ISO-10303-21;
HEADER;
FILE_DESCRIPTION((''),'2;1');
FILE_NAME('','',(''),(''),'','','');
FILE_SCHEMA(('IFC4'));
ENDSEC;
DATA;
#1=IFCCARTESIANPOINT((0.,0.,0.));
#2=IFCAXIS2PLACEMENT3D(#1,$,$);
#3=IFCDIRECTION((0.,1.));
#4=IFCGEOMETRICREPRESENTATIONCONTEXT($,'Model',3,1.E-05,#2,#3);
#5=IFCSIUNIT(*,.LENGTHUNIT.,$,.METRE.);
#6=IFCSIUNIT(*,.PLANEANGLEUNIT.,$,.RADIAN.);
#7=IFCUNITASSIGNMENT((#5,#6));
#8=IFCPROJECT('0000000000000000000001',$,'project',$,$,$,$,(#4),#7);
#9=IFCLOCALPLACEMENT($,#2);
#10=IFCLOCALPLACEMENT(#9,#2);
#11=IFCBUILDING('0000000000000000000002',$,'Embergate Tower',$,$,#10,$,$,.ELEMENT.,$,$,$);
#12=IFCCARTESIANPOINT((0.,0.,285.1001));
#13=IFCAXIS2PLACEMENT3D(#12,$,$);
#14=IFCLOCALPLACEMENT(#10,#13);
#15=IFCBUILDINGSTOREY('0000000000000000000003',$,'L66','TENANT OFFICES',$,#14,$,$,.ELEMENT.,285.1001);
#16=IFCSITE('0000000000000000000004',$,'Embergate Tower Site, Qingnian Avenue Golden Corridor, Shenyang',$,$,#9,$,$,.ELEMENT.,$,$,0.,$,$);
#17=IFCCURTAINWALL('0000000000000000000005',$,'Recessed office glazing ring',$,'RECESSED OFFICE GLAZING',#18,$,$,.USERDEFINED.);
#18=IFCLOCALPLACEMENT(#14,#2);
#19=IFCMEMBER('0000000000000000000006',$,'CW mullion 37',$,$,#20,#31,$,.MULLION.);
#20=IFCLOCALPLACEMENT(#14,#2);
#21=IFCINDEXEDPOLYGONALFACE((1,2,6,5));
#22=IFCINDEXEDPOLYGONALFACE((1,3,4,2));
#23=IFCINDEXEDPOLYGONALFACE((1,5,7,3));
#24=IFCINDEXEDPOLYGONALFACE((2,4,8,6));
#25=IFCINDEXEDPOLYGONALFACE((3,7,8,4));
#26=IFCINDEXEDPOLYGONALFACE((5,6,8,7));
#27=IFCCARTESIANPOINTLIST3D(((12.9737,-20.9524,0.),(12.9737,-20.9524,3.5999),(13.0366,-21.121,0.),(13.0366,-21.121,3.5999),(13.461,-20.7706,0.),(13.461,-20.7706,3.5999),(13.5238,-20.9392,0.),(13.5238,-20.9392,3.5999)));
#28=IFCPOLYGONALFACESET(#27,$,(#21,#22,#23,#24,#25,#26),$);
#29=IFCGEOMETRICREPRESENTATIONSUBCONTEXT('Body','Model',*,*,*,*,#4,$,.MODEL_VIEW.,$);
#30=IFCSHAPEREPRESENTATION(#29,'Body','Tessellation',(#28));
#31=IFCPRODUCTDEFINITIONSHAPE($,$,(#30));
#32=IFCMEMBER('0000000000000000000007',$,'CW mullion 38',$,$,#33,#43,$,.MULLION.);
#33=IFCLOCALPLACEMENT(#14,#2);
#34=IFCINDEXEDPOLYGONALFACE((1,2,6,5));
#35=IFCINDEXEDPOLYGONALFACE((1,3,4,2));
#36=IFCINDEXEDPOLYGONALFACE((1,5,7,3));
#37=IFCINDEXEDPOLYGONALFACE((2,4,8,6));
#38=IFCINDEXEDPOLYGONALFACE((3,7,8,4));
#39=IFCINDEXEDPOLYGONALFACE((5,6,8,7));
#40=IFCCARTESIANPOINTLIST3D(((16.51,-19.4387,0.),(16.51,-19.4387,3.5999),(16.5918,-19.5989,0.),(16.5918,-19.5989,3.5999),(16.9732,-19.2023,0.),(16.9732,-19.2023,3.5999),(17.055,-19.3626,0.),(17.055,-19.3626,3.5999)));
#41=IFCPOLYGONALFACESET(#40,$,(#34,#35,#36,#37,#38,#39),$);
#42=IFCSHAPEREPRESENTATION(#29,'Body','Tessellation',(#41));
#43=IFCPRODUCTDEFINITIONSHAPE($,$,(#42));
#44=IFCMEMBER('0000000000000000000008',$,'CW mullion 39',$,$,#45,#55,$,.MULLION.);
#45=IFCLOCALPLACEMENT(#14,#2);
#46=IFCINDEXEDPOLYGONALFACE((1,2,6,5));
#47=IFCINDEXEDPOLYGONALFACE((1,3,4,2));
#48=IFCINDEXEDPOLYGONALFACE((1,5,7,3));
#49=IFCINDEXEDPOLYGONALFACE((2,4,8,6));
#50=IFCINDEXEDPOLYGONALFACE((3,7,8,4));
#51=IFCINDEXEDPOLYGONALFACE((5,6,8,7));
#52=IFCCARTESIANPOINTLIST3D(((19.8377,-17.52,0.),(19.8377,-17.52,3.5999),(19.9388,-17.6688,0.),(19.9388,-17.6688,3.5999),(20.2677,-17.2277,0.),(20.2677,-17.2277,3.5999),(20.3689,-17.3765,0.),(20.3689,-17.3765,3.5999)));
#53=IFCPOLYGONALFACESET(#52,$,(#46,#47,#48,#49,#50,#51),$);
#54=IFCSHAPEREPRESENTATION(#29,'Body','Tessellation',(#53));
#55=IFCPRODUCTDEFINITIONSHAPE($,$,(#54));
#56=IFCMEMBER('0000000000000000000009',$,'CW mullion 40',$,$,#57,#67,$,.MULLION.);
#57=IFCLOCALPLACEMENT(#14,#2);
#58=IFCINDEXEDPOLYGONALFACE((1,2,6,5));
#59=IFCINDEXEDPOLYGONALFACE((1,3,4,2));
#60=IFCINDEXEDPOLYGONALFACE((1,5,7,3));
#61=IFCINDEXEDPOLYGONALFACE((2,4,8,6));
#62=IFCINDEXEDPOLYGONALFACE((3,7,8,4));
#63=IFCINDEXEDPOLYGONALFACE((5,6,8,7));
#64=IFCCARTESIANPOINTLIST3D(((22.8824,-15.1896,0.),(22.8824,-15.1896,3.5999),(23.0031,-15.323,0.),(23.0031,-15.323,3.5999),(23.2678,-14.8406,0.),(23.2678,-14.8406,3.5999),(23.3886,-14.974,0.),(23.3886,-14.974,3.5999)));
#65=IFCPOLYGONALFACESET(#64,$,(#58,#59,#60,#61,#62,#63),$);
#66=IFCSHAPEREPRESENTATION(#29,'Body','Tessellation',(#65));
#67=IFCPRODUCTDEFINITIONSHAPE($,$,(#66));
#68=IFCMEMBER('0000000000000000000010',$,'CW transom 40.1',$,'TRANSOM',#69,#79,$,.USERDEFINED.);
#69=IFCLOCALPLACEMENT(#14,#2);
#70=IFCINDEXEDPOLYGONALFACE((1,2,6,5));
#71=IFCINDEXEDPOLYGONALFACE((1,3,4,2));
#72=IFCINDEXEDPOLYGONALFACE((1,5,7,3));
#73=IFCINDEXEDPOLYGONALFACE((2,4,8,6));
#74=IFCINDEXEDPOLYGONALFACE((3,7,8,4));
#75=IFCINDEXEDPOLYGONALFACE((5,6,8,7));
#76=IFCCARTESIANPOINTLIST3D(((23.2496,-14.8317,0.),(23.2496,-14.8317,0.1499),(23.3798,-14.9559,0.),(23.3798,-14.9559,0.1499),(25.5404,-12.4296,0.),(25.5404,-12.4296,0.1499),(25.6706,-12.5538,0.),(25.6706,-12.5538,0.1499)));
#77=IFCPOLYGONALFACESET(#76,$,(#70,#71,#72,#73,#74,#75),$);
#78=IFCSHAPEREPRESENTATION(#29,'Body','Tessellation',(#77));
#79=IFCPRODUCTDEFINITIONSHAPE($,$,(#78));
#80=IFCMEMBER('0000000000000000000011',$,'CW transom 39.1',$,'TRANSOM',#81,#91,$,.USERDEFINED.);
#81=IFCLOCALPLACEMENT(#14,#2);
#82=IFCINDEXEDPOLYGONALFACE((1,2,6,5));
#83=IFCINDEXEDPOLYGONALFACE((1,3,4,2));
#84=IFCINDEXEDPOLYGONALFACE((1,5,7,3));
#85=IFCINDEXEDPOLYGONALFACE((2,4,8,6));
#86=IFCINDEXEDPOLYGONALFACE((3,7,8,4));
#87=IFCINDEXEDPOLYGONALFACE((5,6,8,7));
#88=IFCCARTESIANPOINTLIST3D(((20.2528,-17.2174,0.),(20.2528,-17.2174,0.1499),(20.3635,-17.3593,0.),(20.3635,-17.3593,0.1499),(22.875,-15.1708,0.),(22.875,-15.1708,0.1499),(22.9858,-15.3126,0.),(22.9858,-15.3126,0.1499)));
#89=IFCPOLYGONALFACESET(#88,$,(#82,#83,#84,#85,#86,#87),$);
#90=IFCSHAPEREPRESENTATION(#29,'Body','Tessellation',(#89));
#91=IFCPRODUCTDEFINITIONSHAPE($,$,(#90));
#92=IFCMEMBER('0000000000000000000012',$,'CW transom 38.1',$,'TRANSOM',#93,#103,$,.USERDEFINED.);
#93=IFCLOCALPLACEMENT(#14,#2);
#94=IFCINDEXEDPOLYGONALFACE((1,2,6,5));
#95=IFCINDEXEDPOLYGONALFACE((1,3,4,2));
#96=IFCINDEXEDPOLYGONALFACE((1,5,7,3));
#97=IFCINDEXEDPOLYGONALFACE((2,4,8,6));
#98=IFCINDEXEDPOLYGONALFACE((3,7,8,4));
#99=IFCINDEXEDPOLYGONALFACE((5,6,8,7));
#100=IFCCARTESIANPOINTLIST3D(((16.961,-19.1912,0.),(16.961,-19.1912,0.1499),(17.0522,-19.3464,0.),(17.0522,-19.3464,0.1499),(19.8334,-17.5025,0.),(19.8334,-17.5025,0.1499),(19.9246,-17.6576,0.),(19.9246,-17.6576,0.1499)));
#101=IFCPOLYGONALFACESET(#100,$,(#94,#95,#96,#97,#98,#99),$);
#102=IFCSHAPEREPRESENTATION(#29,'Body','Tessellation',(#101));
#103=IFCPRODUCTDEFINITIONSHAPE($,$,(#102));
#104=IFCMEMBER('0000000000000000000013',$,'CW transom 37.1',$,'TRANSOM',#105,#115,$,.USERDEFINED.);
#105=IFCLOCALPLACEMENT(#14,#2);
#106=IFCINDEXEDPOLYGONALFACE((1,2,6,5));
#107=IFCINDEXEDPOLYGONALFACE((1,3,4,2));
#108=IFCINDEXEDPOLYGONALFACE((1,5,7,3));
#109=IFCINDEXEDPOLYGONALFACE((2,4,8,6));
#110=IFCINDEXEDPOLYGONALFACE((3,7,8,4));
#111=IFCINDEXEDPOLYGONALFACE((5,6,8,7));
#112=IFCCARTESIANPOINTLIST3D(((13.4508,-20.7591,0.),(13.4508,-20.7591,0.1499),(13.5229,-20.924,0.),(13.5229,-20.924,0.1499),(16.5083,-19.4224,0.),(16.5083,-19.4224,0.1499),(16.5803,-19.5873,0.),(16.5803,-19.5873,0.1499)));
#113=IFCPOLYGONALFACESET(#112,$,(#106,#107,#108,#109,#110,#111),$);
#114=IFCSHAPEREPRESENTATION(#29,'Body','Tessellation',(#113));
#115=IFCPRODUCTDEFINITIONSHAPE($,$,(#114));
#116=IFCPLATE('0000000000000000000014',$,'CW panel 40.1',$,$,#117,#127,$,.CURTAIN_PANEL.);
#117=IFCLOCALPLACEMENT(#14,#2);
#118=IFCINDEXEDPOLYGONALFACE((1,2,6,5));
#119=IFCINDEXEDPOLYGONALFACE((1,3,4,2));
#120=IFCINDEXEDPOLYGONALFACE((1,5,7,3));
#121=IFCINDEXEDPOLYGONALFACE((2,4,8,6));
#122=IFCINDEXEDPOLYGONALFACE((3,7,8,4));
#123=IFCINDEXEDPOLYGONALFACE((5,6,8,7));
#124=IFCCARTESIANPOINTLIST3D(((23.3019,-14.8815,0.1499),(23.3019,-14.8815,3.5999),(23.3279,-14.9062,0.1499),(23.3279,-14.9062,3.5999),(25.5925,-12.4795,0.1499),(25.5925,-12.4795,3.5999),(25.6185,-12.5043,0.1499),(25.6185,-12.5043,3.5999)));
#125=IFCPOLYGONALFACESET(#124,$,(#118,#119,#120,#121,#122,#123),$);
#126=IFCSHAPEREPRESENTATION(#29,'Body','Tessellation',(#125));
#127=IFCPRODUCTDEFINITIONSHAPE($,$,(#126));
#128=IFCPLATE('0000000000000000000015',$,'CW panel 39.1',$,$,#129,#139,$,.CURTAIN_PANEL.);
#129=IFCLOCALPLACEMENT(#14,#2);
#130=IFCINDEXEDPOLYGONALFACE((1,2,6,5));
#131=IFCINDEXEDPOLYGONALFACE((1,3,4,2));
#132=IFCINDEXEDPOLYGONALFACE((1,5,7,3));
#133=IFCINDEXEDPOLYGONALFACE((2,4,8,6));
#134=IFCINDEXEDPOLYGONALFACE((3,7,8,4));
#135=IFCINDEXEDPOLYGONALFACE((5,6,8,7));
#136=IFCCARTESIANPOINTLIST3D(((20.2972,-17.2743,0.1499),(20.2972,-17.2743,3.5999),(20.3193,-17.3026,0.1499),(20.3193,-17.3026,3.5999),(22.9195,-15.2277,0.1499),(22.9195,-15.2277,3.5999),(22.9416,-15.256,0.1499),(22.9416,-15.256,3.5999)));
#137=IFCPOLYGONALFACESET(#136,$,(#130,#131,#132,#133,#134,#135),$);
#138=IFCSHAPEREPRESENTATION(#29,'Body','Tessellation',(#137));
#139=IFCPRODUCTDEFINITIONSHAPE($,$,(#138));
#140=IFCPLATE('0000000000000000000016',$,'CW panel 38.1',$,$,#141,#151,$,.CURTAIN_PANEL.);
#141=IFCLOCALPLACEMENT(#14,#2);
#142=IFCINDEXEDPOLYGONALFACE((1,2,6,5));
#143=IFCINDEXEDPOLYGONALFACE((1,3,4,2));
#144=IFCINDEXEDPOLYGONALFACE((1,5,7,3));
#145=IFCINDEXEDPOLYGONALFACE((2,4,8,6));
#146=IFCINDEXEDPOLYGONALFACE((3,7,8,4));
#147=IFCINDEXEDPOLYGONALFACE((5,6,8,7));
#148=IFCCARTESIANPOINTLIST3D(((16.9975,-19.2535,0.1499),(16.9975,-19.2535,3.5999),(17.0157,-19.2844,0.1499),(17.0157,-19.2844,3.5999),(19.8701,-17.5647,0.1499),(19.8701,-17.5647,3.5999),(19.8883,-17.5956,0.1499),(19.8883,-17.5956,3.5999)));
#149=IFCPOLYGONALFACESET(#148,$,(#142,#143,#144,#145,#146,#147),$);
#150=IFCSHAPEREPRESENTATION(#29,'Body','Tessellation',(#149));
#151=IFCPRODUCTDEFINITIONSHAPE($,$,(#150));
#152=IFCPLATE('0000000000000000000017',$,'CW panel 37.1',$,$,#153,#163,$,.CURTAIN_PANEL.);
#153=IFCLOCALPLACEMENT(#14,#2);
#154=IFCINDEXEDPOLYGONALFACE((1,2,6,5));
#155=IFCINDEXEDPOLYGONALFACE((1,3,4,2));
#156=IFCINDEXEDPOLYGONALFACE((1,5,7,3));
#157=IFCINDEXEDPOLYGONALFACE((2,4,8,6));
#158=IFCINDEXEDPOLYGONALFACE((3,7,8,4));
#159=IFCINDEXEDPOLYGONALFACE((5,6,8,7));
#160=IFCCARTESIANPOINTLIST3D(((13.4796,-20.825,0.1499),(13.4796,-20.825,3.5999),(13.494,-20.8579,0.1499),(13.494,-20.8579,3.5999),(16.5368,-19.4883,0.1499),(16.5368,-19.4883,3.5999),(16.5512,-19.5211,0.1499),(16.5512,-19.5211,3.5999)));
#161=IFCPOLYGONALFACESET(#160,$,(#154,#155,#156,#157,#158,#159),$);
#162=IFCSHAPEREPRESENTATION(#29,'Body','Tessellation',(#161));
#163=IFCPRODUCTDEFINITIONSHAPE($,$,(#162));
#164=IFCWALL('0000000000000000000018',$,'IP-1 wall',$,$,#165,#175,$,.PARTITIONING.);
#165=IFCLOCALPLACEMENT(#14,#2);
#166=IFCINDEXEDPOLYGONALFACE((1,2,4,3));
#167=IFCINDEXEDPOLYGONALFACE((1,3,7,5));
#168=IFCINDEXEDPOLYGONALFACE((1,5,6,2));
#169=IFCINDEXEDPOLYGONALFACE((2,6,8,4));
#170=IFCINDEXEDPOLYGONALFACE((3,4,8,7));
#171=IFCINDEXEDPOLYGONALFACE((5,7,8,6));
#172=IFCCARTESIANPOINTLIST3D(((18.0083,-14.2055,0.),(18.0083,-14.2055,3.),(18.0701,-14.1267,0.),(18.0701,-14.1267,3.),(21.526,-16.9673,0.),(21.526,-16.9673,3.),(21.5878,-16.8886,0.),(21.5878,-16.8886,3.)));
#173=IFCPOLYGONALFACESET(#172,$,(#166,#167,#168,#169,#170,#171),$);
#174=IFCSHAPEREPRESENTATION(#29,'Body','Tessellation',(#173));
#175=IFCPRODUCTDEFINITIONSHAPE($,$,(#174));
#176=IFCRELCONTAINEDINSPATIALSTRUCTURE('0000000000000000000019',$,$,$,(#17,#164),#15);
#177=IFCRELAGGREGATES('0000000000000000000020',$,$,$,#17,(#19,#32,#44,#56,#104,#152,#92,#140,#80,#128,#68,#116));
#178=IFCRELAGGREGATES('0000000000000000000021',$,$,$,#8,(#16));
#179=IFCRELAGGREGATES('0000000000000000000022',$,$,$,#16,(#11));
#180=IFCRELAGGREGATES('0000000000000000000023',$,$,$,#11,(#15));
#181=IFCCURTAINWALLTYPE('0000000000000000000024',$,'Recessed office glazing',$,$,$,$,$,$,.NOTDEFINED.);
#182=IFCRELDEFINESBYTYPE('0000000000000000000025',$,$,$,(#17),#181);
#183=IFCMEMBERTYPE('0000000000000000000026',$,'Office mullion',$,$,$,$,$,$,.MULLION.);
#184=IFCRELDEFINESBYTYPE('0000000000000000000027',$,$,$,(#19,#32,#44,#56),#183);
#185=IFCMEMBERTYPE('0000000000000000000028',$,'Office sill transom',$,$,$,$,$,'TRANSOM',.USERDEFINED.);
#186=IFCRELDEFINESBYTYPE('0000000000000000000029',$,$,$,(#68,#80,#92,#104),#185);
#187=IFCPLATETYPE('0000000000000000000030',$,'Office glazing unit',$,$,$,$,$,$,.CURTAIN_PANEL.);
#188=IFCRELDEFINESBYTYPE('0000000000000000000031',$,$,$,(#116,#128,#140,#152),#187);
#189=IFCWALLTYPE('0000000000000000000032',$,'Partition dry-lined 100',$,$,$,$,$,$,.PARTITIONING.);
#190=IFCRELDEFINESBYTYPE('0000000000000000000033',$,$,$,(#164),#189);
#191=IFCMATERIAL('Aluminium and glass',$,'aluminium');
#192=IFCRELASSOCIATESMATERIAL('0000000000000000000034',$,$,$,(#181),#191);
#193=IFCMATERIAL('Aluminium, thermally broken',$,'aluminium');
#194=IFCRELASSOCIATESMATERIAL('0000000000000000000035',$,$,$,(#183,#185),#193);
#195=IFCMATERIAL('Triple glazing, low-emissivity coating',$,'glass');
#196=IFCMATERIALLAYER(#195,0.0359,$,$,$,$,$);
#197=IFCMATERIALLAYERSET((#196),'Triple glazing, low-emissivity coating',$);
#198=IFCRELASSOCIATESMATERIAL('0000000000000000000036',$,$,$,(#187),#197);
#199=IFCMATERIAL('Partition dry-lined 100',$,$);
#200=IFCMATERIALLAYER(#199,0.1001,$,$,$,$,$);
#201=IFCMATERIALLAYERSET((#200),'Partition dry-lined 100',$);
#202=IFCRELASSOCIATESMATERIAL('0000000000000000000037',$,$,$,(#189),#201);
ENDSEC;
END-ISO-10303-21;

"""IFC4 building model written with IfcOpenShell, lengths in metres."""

from ifc_helpers import new_model, si_unit, direction, frame, frame_2d, origin, origin_2d, place, context, subcontext, project, spatial, rectangle, extrude, source, transform, mapped, material, layer, layer_set, material_profile, profile_set, type_object, element, aggregate, save


model = new_model("IFC4")

# Units and contexts
model_context = context("Model", 3, precision=1e-05, world=origin(), true_north=direction((0.0, 1.0)))
body_context = subcontext(model_context, "Body", "Model", "MODEL_VIEW")
ifc_project = project(units=[si_unit("LENGTHUNIT", "METRE"), si_unit("PLANEANGLEUNIT", "RADIAN")], contexts=[model_context])

# Site, building, storey
site_placement = place(None, origin())
site = spatial("IfcSite", under=ifc_project, at=site_placement, Name="Embergate Tower Site, Qingnian Avenue Golden Corridor, Shenyang", CompositionType="ELEMENT", RefElevation=0.0)
building_placement = place(site_placement, origin())
building = spatial("IfcBuilding", under=site, at=building_placement, Name="Embergate Tower", CompositionType="ELEMENT")
storey_placement = place(building_placement, frame((0.0, 0.0, 285.1001)))
storey = spatial("IfcBuildingStorey", under=building, at=storey_placement, Name="L66", Description="TENANT OFFICES", CompositionType="ELEMENT", Elevation=285.1001)

# Curtain wall, members, plates
ifc_material_1 = material(Name="Aluminium and glass", Category="aluminium")
curtain_wall_type = type_object("IfcCurtainWallType", Name="Recessed office glazing", PredefinedType="NOTDEFINED", material=ifc_material_1)
curtain_wall_placement = place(storey_placement, origin())
curtain_wall = element("IfcCurtainWall", 1, at=curtain_wall_placement, inside=storey, type_object=curtain_wall_type, Name="Recessed office glazing ring", ObjectType="RECESSED OFFICE GLAZING", PredefinedType="USERDEFINED")
ifc_material_2 = material(Name="Aluminium, thermally broken", Category="aluminium")
ifc_material_profile_1 = material_profile(ifc_material_2, rectangle(XDim=0.1799, YDim=0.52, at=origin_2d()), Name="AL 520x180")
ifc_profile_set_1 = profile_set([ifc_material_profile_1], Name="Aluminium, thermally broken")
member_type_1 = type_object("IfcMemberType", Name="Office mullion", PredefinedType="MULLION", material=ifc_profile_set_1)
shared_shape_1 = source(origin(), body_context, "Body", "SweptSolid", [
    extrude(rectangle(XDim=0.1799, YDim=0.52, at=origin_2d()), origin(), (0.0, 0.0, 1.0), 3.5999),
])
member_1_placement = place(storey_placement, frame((13.2488, -20.9458, 0.0), z_axis=(0.0, 0.0, 1.0), x_axis=(-0.349493, 0.936939, 0.0)))
member_1 = element("IfcMember", 2, at=member_1_placement, type_object=member_type_1, Name="CW mullion 37", PredefinedType="MULLION", context=body_context, shape_type="MappedRepresentation", body=[
    mapped(shared_shape_1, transform((0.0, 0.0, 0.0))),
])
member_2_placement = place(storey_placement, frame((16.7825, -19.4006, 0.0), z_axis=(0.0, 0.0, 1.0), x_axis=(-0.454499, 0.890747, 0.0)))
member_2 = element("IfcMember", 3, at=member_2_placement, type_object=member_type_1, Name="CW mullion 38", PredefinedType="MULLION", context=body_context, shape_type="MappedRepresentation", body=[
    mapped(shared_shape_1, transform((0.0, 0.0, 0.0))),
])
member_3_placement = place(storey_placement, frame((20.1033, -17.4482, 0.0), z_axis=(0.0, 0.0, 1.0), x_axis=(-0.562202, 0.827, 0.0)))
member_3 = element("IfcMember", 4, at=member_3_placement, type_object=member_type_1, Name="CW mullion 39", PredefinedType="MULLION", context=body_context, shape_type="MappedRepresentation", body=[
    mapped(shared_shape_1, transform((0.0, 0.0, 0.0))),
])
member_4_placement = place(storey_placement, frame((23.1355, -15.0818, 0.0), z_axis=(0.0, 0.0, 1.0), x_axis=(-0.67121, 0.741268, 0.0)))
member_4 = element("IfcMember", 5, at=member_4_placement, type_object=member_type_1, Name="CW mullion 40", PredefinedType="MULLION", context=body_context, shape_type="MappedRepresentation", body=[
    mapped(shared_shape_1, transform((0.0, 0.0, 0.0))),
])
ifc_material_profile_2 = material_profile(ifc_material_2, rectangle(XDim=0.1799, YDim=0.1499, at=origin_2d()), Name="AL 150x180")
ifc_profile_set_2 = profile_set([ifc_material_profile_2], Name="Aluminium, thermally broken")
member_type_2 = type_object("IfcMemberType", Name="Office sill transom", ElementType="TRANSOM", PredefinedType="USERDEFINED", material=ifc_profile_set_2)
shared_shape_2 = source(origin(), body_context, "Body", "SweptSolid", [
    extrude(rectangle(XDim=0.1799, YDim=0.1499, at=origin_2d()), origin(), (0.0, 0.0, 1.0), 3.3193),
])
member_5_placement = place(storey_placement, frame((23.3147, -14.8938, 0.075), z_axis=(0.690138, 0.723678, 0.0), x_axis=(-0.723678, 0.690138, 0.0)))
member_5 = element("IfcMember", 6, at=member_5_placement, type_object=member_type_2, Name="CW transom 40.1", ObjectType="TRANSOM", PredefinedType="USERDEFINED", context=body_context, shape_type="MappedRepresentation", body=[
    mapped(shared_shape_2, transform((0.0, 0.0, 0.0))),
])
shared_shape_3 = source(origin(), body_context, "Body", "SweptSolid", [
    extrude(rectangle(XDim=0.1799, YDim=0.1499, at=origin_2d()), origin(), (0.0, 0.0, 1.0), 3.3264),
])
member_6_placement = place(storey_placement, frame((20.3081, -17.2883, 0.075), z_axis=(0.788324, 0.615261, 0.0), x_axis=(-0.615261, 0.788324, 0.0)))
member_6 = element("IfcMember", 7, at=member_6_placement, type_object=member_type_2, Name="CW transom 39.1", ObjectType="TRANSOM", PredefinedType="USERDEFINED", context=body_context, shape_type="MappedRepresentation", body=[
    mapped(shared_shape_3, transform((0.0, 0.0, 0.0))),
])
shared_shape_4 = source(origin(), body_context, "Body", "SweptSolid", [
    extrude(rectangle(XDim=0.1799, YDim=0.1499, at=origin_2d()), origin(), (0.0, 0.0, 1.0), 3.332),
])
member_7_placement = place(storey_placement, frame((17.0066, -19.2688, 0.075), z_axis=(0.862049, 0.506825, 0.0), x_axis=(-0.506825, 0.862049, 0.0)))
member_7 = element("IfcMember", 8, at=member_7_placement, type_object=member_type_2, Name="CW transom 38.1", ObjectType="TRANSOM", PredefinedType="USERDEFINED", context=body_context, shape_type="MappedRepresentation", body=[
    mapped(shared_shape_4, transform((0.0, 0.0, 0.0))),
])
shared_shape_5 = source(origin(), body_context, "Body", "SweptSolid", [
    extrude(rectangle(XDim=0.1799, YDim=0.1499, at=origin_2d()), origin(), (0.0, 0.0, 1.0), 3.3369),
])
member_8_placement = place(storey_placement, frame((13.4868, -20.8416, 0.075), z_axis=(0.91626, 0.400585, 0.0), x_axis=(-0.400585, 0.91626, 0.0)))
member_8 = element("IfcMember", 9, at=member_8_placement, type_object=member_type_2, Name="CW transom 37.1", ObjectType="TRANSOM", PredefinedType="USERDEFINED", context=body_context, shape_type="MappedRepresentation", body=[
    mapped(shared_shape_5, transform((0.0, 0.0, 0.0))),
])
ifc_material_3 = material(Name="Triple glazing, low-emissivity coating", Category="glass")
ifc_layer_1 = layer(ifc_material_3, 0.0359)
ifc_layer_set_1 = layer_set([ifc_layer_1], Name="Triple glazing, low-emissivity coating")
plate_type = type_object("IfcPlateType", Name="Office glazing unit", PredefinedType="CURTAIN_PANEL", material=ifc_layer_set_1)
shared_shape_6 = source(origin(), body_context, "Body", "SweptSolid", [
    extrude(rectangle(XDim=3.3191, YDim=0.0359, at=origin_2d()), origin(), (0.0, 0.0, 1.0), 3.45),
])
plate_1_placement = place(storey_placement, frame((24.4602, -13.6929, 0.1499), z_axis=(0.0, 0.0, 1.0), x_axis=(0.690144, 0.723672, 0.0)))
plate_1 = element("IfcPlate", 10, at=plate_1_placement, type_object=plate_type, Name="CW panel 40.1", PredefinedType="CURTAIN_PANEL", context=body_context, shape_type="MappedRepresentation", body=[
    mapped(shared_shape_6, transform((0.0, 0.0, 0.0))),
])
shared_shape_7 = source(origin(), body_context, "Body", "SweptSolid", [
    extrude(rectangle(XDim=3.3264, YDim=0.0359, at=origin_2d()), origin(), (0.0, 0.0, 1.0), 3.45),
])
plate_2_placement = place(storey_placement, frame((21.6194, -16.2651, 0.1499), z_axis=(0.0, 0.0, 1.0), x_axis=(0.788327, 0.615257, 0.0)))
plate_2 = element("IfcPlate", 11, at=plate_2_placement, type_object=plate_type, Name="CW panel 39.1", PredefinedType="CURTAIN_PANEL", context=body_context, shape_type="MappedRepresentation", body=[
    mapped(shared_shape_7, transform((0.0, 0.0, 0.0))),
])
shared_shape_8 = source(origin(), body_context, "Body", "SweptSolid", [
    extrude(rectangle(XDim=3.3323, YDim=0.0359, at=origin_2d()), origin(), (0.0, 0.0, 1.0), 3.45),
])
plate_3_placement = place(storey_placement, frame((18.4429, -18.4246, 0.1499), z_axis=(0.0, 0.0, 1.0), x_axis=(0.862058, 0.50681, 0.0)))
plate_3 = element("IfcPlate", 12, at=plate_3_placement, type_object=plate_type, Name="CW panel 38.1", PredefinedType="CURTAIN_PANEL", context=body_context, shape_type="MappedRepresentation", body=[
    mapped(shared_shape_8, transform((0.0, 0.0, 0.0))),
])
shared_shape_9 = source(origin(), body_context, "Body", "SweptSolid", [
    extrude(rectangle(XDim=3.3367, YDim=0.0359, at=origin_2d()), origin(), (0.0, 0.0, 1.0), 3.45),
])
plate_4_placement = place(storey_placement, frame((15.0154, -20.1731, 0.1499), z_axis=(0.0, 0.0, 1.0), x_axis=(0.916239, 0.400632, 0.0)))
plate_4 = element("IfcPlate", 13, at=plate_4_placement, type_object=plate_type, Name="CW panel 37.1", PredefinedType="CURTAIN_PANEL", context=body_context, shape_type="MappedRepresentation", body=[
    mapped(shared_shape_9, transform((0.0, 0.0, 0.0))),
])
aggregate(curtain_wall, [member_1, member_2, member_3, member_4, member_8, plate_4, member_7, plate_3, member_6, plate_2, member_5, plate_1])

# Wall
ifc_material_4 = material(Name="Partition dry-lined 100")
ifc_layer_2 = layer(ifc_material_4, 0.1001)
ifc_layer_set_2 = layer_set([ifc_layer_2], Name="Partition dry-lined 100")
wall_type = type_object("IfcWallType", Name="Partition dry-lined 100", PredefinedType="PARTITIONING", material=ifc_layer_set_2)
shared_shape_10 = source(origin(), body_context, "Body", "SweptSolid", [
    extrude(rectangle(XDim=4.4724, YDim=0.1001, at=frame_2d((2.2363, 0.0))), origin(), (0.0, 0.0, 1.0), 3.0),
])
wall_1_placement = place(storey_placement, frame((18.0391, -14.166, 0.0), z_axis=(0.0, 0.0, 1.0), x_axis=(0.78654, -0.617539, 0.0)))
element("IfcWall", 14, at=wall_1_placement, inside=storey, type_object=wall_type, Name="IP-1 wall", PredefinedType="PARTITIONING", context=body_context, shape_type="MappedRepresentation", body=[
    mapped(shared_shape_10, transform((0.0, 0.0, 0.0))),
])

save(model, "model.ifc")
